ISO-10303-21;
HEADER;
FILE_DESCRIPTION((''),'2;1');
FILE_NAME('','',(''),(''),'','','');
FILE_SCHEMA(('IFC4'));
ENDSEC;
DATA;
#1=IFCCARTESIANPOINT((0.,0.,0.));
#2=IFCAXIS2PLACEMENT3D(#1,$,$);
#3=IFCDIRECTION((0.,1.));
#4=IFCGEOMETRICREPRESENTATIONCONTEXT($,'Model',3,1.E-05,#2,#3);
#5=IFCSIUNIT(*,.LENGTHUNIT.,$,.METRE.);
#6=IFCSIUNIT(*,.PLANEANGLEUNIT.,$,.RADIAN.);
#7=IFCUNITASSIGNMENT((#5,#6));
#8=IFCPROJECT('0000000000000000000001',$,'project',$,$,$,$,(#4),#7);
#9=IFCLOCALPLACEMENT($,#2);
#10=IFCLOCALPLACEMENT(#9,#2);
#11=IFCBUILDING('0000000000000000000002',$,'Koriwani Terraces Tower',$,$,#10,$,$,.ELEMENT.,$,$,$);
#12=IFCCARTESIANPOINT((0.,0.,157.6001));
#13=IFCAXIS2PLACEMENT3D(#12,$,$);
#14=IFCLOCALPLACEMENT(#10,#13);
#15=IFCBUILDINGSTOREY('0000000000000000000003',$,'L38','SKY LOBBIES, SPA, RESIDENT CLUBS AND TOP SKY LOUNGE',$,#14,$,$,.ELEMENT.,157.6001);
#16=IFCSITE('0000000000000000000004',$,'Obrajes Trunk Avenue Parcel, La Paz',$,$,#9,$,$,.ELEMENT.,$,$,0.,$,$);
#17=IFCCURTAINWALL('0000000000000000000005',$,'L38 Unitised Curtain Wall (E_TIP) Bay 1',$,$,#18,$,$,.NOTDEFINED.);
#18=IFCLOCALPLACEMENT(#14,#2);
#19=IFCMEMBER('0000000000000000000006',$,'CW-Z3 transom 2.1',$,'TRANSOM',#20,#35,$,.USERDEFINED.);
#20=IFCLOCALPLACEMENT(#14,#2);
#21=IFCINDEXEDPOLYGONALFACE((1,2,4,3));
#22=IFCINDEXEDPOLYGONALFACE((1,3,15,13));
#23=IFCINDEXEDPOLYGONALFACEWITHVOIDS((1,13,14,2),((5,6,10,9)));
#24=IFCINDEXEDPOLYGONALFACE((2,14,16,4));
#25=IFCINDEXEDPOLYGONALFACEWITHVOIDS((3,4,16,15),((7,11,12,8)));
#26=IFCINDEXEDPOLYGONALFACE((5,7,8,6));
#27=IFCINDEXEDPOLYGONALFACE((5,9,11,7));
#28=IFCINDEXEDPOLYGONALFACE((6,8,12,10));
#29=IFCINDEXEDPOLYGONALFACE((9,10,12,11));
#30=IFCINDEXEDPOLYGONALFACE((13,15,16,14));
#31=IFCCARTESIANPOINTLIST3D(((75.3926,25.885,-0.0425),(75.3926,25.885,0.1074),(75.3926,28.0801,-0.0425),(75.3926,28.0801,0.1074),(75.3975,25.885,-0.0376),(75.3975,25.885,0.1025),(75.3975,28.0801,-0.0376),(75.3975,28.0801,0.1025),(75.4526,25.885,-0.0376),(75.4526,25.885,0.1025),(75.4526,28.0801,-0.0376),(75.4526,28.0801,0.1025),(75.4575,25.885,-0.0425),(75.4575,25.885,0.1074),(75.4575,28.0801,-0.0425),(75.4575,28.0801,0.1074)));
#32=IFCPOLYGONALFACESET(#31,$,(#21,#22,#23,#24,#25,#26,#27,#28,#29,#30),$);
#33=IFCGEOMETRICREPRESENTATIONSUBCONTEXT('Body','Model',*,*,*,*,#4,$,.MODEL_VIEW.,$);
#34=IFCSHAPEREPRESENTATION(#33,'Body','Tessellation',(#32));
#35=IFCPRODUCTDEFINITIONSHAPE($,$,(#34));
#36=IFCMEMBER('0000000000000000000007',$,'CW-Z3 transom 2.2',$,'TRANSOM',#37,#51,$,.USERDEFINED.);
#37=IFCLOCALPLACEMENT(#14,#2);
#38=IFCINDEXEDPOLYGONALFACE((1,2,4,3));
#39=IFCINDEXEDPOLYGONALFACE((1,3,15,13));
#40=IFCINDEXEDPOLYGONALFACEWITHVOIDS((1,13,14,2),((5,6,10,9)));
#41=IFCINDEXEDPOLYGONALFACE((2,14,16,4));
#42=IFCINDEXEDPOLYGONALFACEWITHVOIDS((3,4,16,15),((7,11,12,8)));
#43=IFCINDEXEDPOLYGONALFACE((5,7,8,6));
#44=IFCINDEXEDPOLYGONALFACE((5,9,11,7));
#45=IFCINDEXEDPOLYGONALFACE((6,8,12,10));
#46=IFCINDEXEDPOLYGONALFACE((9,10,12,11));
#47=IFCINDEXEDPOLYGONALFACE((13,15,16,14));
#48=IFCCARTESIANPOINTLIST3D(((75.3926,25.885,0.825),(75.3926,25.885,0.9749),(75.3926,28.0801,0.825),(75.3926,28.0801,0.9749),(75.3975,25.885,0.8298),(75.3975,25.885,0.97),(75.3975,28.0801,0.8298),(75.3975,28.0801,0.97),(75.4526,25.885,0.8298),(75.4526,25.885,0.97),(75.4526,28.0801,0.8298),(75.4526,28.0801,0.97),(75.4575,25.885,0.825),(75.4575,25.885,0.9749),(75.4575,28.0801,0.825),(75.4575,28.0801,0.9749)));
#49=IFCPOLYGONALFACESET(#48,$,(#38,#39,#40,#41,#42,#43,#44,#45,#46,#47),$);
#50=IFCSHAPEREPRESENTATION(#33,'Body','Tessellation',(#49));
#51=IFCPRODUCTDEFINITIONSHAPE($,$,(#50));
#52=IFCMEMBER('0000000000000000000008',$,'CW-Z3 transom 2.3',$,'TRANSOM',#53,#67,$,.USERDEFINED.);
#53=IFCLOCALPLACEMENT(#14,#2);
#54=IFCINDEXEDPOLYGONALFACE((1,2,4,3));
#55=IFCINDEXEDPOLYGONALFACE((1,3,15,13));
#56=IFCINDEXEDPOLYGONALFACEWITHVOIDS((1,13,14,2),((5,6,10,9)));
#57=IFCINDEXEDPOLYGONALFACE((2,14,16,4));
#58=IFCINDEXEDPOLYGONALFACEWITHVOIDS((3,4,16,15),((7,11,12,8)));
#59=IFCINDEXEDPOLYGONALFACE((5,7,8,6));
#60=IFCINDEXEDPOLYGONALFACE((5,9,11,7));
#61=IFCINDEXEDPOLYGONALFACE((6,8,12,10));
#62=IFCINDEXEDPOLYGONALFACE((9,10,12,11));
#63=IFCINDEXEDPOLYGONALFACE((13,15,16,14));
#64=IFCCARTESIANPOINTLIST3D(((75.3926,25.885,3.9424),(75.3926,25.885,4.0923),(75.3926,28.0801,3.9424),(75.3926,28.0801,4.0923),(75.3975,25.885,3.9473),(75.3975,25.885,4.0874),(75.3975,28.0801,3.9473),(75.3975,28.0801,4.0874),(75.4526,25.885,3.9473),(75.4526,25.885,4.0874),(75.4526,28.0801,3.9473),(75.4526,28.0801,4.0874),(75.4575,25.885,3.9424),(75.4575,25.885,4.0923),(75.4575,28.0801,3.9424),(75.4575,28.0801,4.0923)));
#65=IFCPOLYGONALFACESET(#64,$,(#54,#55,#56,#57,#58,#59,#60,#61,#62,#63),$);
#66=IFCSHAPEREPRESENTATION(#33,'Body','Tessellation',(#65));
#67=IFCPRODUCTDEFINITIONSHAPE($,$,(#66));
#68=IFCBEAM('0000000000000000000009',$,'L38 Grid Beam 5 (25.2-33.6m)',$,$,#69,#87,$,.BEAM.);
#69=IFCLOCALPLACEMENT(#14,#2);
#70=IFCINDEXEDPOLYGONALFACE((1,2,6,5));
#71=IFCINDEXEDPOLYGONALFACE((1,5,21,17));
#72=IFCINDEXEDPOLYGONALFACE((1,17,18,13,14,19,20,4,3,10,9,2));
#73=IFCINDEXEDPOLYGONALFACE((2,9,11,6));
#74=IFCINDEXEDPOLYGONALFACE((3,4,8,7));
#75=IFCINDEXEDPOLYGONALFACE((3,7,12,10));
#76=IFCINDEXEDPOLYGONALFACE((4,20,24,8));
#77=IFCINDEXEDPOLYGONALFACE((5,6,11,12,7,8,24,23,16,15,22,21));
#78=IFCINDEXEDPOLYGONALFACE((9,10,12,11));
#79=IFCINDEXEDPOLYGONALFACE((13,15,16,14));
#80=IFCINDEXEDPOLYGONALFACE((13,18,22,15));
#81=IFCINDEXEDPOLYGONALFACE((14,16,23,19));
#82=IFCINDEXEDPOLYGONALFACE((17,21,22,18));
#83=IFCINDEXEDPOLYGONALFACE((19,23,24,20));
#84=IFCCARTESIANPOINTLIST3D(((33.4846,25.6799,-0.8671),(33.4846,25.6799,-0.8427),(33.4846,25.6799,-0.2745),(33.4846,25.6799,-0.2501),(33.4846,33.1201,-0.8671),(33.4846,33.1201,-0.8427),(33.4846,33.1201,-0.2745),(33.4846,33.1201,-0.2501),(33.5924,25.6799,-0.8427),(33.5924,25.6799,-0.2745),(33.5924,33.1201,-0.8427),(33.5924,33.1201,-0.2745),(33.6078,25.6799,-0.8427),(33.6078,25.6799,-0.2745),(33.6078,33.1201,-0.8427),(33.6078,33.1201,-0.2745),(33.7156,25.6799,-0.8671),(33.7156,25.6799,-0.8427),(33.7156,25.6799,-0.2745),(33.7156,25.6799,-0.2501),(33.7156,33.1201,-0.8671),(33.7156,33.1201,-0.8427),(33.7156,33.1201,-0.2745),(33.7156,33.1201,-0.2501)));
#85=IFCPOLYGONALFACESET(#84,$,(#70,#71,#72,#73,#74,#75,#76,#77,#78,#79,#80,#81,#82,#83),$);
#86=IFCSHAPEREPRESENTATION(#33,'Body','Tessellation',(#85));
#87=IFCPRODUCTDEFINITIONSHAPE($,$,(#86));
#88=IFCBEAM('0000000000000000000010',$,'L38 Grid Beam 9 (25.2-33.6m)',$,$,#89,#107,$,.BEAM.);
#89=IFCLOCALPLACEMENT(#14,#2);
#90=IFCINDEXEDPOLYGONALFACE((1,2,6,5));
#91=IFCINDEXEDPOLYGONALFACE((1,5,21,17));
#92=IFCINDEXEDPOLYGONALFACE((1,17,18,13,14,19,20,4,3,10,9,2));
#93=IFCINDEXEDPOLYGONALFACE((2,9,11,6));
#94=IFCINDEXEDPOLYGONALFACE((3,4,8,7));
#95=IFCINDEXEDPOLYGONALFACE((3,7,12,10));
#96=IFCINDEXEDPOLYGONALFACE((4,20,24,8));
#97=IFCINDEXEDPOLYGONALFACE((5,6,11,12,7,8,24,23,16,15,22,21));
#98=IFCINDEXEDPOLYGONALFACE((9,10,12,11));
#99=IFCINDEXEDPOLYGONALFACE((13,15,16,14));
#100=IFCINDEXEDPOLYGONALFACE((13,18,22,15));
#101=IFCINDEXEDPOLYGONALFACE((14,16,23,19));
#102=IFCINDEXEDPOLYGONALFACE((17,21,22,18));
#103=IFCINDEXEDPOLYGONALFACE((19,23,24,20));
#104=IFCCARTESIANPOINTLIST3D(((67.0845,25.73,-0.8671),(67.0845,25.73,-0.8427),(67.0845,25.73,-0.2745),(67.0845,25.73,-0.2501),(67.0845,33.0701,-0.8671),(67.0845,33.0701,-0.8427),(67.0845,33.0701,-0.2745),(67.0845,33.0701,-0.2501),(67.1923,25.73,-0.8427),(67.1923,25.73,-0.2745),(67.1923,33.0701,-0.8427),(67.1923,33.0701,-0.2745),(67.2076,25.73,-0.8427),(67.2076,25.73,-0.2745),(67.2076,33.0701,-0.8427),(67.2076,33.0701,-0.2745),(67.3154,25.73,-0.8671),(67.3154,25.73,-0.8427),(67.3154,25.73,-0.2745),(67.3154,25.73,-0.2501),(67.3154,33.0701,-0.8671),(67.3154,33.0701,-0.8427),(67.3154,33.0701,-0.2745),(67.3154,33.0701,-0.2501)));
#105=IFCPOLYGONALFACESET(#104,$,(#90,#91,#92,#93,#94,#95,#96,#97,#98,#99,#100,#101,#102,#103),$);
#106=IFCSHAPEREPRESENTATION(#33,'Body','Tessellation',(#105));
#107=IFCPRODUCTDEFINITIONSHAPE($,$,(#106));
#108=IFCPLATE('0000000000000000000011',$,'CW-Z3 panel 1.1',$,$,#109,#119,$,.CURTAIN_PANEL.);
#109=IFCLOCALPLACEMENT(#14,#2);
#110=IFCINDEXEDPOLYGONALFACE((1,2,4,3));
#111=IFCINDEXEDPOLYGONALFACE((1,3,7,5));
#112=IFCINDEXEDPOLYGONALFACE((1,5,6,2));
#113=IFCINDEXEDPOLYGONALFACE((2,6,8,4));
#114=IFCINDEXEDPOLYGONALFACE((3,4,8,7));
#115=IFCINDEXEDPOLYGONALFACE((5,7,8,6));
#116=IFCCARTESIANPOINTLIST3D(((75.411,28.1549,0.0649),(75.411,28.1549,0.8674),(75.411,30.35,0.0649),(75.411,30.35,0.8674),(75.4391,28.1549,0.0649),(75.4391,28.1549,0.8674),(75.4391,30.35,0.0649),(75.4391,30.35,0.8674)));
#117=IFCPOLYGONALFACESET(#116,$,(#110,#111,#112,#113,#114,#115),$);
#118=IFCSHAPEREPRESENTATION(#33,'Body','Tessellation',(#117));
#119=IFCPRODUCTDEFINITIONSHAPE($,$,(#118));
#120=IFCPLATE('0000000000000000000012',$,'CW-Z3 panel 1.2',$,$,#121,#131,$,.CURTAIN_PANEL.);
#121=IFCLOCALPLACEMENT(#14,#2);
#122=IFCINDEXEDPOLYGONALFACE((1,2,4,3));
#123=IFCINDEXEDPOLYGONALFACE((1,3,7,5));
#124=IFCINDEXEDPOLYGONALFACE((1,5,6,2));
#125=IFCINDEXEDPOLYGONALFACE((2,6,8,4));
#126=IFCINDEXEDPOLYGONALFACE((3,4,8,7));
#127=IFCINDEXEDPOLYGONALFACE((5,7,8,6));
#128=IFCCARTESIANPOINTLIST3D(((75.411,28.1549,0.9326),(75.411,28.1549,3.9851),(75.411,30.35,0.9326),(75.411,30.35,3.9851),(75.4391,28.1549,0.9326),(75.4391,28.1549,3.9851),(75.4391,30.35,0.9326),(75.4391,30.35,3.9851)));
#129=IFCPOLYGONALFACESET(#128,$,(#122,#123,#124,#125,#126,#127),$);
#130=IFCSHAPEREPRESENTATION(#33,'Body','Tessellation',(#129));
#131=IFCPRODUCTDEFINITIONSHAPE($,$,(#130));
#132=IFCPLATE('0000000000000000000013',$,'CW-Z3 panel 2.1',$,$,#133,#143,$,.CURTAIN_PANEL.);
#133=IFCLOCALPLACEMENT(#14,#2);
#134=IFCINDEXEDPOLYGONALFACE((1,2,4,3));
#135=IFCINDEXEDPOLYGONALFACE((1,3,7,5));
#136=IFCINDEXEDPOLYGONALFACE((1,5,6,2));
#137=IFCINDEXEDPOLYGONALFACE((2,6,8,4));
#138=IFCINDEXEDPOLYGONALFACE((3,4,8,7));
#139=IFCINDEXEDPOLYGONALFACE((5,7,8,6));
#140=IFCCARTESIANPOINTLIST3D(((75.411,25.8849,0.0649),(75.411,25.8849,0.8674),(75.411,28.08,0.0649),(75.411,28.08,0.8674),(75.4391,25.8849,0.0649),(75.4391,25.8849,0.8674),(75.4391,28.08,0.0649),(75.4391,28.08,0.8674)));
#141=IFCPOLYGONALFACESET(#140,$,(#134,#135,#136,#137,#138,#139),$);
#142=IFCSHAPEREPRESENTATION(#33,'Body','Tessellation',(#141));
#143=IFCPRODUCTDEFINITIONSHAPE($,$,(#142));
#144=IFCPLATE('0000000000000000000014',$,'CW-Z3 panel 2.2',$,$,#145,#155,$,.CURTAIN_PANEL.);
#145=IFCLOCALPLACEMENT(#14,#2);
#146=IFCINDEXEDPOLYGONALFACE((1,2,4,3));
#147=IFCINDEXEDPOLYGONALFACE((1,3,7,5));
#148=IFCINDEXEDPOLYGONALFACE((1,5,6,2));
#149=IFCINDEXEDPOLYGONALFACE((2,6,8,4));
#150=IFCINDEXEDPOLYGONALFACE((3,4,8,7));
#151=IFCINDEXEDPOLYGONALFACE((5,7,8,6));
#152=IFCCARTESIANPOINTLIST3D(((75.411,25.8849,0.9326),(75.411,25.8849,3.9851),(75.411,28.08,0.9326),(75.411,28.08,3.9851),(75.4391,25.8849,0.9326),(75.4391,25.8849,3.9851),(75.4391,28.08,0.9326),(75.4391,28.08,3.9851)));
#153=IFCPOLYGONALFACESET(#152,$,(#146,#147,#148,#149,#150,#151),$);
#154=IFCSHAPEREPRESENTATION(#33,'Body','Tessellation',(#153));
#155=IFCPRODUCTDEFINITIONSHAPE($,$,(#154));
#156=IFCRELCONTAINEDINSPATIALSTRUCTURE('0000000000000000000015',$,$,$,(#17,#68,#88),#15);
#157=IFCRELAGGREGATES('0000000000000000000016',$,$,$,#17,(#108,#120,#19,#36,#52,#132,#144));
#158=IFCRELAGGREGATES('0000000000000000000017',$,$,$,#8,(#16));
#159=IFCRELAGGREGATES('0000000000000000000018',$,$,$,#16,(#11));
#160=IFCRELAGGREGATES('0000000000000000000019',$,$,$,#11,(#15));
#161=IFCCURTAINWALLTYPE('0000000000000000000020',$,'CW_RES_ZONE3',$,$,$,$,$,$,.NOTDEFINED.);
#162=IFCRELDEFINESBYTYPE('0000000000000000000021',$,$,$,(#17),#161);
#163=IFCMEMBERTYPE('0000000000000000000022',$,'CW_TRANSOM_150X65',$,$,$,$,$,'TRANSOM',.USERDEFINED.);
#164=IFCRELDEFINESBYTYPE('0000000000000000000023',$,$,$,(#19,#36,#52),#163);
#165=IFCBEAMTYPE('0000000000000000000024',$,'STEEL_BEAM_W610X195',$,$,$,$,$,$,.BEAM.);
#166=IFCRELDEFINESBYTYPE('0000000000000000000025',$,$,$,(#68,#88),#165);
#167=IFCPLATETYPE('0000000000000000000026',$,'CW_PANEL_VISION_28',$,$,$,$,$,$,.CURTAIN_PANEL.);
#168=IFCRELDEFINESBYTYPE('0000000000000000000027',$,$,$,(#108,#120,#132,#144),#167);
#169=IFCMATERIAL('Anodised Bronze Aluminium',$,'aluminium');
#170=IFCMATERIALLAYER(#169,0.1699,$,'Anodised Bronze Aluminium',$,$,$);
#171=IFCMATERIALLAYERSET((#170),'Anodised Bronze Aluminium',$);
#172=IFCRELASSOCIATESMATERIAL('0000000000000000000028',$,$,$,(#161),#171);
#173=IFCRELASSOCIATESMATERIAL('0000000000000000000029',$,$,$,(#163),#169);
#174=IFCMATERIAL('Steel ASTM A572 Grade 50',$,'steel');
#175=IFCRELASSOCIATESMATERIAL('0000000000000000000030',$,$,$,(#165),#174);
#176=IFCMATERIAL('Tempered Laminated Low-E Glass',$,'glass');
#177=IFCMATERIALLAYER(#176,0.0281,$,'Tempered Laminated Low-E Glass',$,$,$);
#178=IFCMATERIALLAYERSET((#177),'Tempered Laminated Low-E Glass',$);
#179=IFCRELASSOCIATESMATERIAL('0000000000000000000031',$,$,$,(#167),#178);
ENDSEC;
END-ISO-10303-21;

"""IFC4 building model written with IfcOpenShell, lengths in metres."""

from ifc_helpers import new_model, si_unit, direction, frame, origin, origin_2d, place, context, subcontext, project, spatial, rectangle, hollow_rectangle, i_section, extrude, material, layer, layer_set, material_profile, profile_set, type_object, element, aggregate, save


model = new_model("IFC4")

# Units and contexts
model_context = context("Model", 3, precision=1e-05, world=origin(), true_north=direction((0.0, 1.0)))
body_context = subcontext(model_context, "Body", "Model", "MODEL_VIEW")
ifc_project = project(units=[si_unit("LENGTHUNIT", "METRE"), si_unit("PLANEANGLEUNIT", "RADIAN")], contexts=[model_context])

# Site, building, storey
site_placement = place(None, origin())
site = spatial("IfcSite", under=ifc_project, at=site_placement, Name="Obrajes Trunk Avenue Parcel, La Paz", CompositionType="ELEMENT", RefElevation=0.0)
building_placement = place(site_placement, origin())
building = spatial("IfcBuilding", under=site, at=building_placement, Name="Koriwani Terraces Tower", CompositionType="ELEMENT")
storey_placement = place(building_placement, frame((0.0, 0.0, 157.6001)))
storey = spatial("IfcBuildingStorey", under=building, at=storey_placement, Name="L38", Description="SKY LOBBIES, SPA, RESIDENT CLUBS AND TOP SKY LOUNGE", CompositionType="ELEMENT", Elevation=157.6001)

# Curtain wall, members
ifc_material_1 = material(Name="Anodised Bronze Aluminium", Category="aluminium")
ifc_layer_1 = layer(ifc_material_1, 0.1699, Name="Anodised Bronze Aluminium")
ifc_layer_set_1 = layer_set([ifc_layer_1], Name="Anodised Bronze Aluminium")
curtain_wall_type = type_object("IfcCurtainWallType", Name="CW_RES_ZONE3", PredefinedType="NOTDEFINED", material=ifc_layer_set_1)
curtain_wall_placement = place(storey_placement, origin())
curtain_wall = element("IfcCurtainWall", 1, at=curtain_wall_placement, inside=storey, type_object=curtain_wall_type, Name="L38 Unitised Curtain Wall (E_TIP) Bay 1", PredefinedType="NOTDEFINED")
ifc_material_profile_1 = material_profile(ifc_material_1, hollow_rectangle(XDim=0.0649, YDim=0.1499, WallThickness=0.0049, at=origin_2d()), Name="Anodised Bronze Aluminium", Category="LoadBearing")
ifc_profile_set_1 = profile_set([ifc_material_profile_1], Name="Anodised Bronze Aluminium")
member_type_1 = type_object("IfcMemberType", Name="CW_TRANSOM_150X65", ElementType="TRANSOM", PredefinedType="USERDEFINED", material=ifc_profile_set_1)
member_1_placement = place(storey_placement, frame((75.425, 28.0801, 0.0325), z_axis=(0.0, -1.0, 0.0), x_axis=(1.0, 0.0, 0.0)))
member_1 = element("IfcMember", 2, at=member_1_placement, type_object=member_type_1, Name="CW-Z3 transom 2.1", ObjectType="TRANSOM", PredefinedType="USERDEFINED", context=body_context, shape_type="SweptSolid", body=[
    extrude(hollow_rectangle(XDim=0.0649, YDim=0.1499, WallThickness=0.0049, at=origin_2d()), origin(), (0.0, 0.0, 1.0), 2.1951),
])
member_2_placement = place(storey_placement, frame((75.425, 28.0801, 0.8999), z_axis=(0.0, -1.0, 0.0), x_axis=(1.0, 0.0, 0.0)))
member_2 = element("IfcMember", 3, at=member_2_placement, type_object=member_type_1, Name="CW-Z3 transom 2.2", ObjectType="TRANSOM", PredefinedType="USERDEFINED", context=body_context, shape_type="SweptSolid", body=[
    extrude(hollow_rectangle(XDim=0.0649, YDim=0.1499, WallThickness=0.0049, at=origin_2d()), origin(), (0.0, 0.0, 1.0), 2.1951),
])
member_3_placement = place(storey_placement, frame((75.425, 28.0801, 4.0173), z_axis=(0.0, -1.0, 0.0), x_axis=(1.0, 0.0, 0.0)))
member_3 = element("IfcMember", 4, at=member_3_placement, type_object=member_type_1, Name="CW-Z3 transom 2.3", ObjectType="TRANSOM", PredefinedType="USERDEFINED", context=body_context, shape_type="SweptSolid", body=[
    extrude(hollow_rectangle(XDim=0.0649, YDim=0.1499, WallThickness=0.0049, at=origin_2d()), origin(), (0.0, 0.0, 1.0), 2.1951),
])

# Beams
ifc_material_2 = material(Name="Steel ASTM A572 Grade 50", Category="steel")
ifc_material_profile_2 = material_profile(ifc_material_2, i_section(OverallWidth=0.231, OverallDepth=0.6169, WebThickness=0.0154, FlangeThickness=0.0244, at=origin_2d()), Name="Steel ASTM A572 Grade 50", Category="LoadBearing")
ifc_profile_set_2 = profile_set([ifc_material_profile_2], Name="Steel ASTM A572 Grade 50")
beam_type_1 = type_object("IfcBeamType", Name="STEEL_BEAM_W610X195", PredefinedType="BEAM", material=ifc_profile_set_2)
beam_1_placement = place(storey_placement, frame((33.6001, 25.6799, -0.5586), z_axis=(0.0, 1.0, 0.0), x_axis=(-1.0, 0.0, 0.0)))
element("IfcBeam", 5, at=beam_1_placement, inside=storey, type_object=beam_type_1, Name="L38 Grid Beam 5 (25.2-33.6m)", PredefinedType="BEAM", context=body_context, shape_type="SweptSolid", body=[
    extrude(i_section(OverallWidth=0.231, OverallDepth=0.6169, WebThickness=0.0154, FlangeThickness=0.0244, at=origin_2d()), origin(), (0.0, 0.0, 1.0), 7.4402),
])
beam_2_placement = place(storey_placement, frame((67.2, 25.73, -0.5586), z_axis=(0.0, 1.0, 0.0), x_axis=(-1.0, 0.0, 0.0)))
element("IfcBeam", 6, at=beam_2_placement, inside=storey, type_object=beam_type_1, Name="L38 Grid Beam 9 (25.2-33.6m)", PredefinedType="BEAM", context=body_context, shape_type="SweptSolid", body=[
    extrude(i_section(OverallWidth=0.231, OverallDepth=0.6169, WebThickness=0.0154, FlangeThickness=0.0244, at=origin_2d()), origin(), (0.0, 0.0, 1.0), 7.3401),
])

# Plates
ifc_material_3 = material(Name="Tempered Laminated Low-E Glass", Category="glass")
ifc_layer_2 = layer(ifc_material_3, 0.0281, Name="Tempered Laminated Low-E Glass")
ifc_layer_set_2 = layer_set([ifc_layer_2], Name="Tempered Laminated Low-E Glass")
plate_type = type_object("IfcPlateType", Name="CW_PANEL_VISION_28", PredefinedType="CURTAIN_PANEL", material=ifc_layer_set_2)
plate_1_placement = place(storey_placement, frame((75.425, 29.2524, 0.0649), z_axis=(0.0, 0.0, 1.0), x_axis=(0.0, -1.0, 0.0)))
plate_1 = element("IfcPlate", 7, at=plate_1_placement, type_object=plate_type, Name="CW-Z3 panel 1.1", PredefinedType="CURTAIN_PANEL", context=body_context, shape_type="SweptSolid", body=[
    extrude(rectangle(XDim=2.1951, YDim=0.0281, at=origin_2d()), origin(), (0.0, 0.0, 1.0), 0.8025),
])
plate_2_placement = place(storey_placement, frame((75.425, 29.2524, 0.9326), z_axis=(0.0, 0.0, 1.0), x_axis=(0.0, -1.0, 0.0)))
plate_2 = element("IfcPlate", 8, at=plate_2_placement, type_object=plate_type, Name="CW-Z3 panel 1.2", PredefinedType="CURTAIN_PANEL", context=body_context, shape_type="SweptSolid", body=[
    extrude(rectangle(XDim=2.1951, YDim=0.0281, at=origin_2d()), origin(), (0.0, 0.0, 1.0), 3.0525),
])
plate_3_placement = place(storey_placement, frame((75.425, 26.9824, 0.0649), z_axis=(0.0, 0.0, 1.0), x_axis=(0.0, -1.0, 0.0)))
plate_3 = element("IfcPlate", 9, at=plate_3_placement, type_object=plate_type, Name="CW-Z3 panel 2.1", PredefinedType="CURTAIN_PANEL", context=body_context, shape_type="SweptSolid", body=[
    extrude(rectangle(XDim=2.1951, YDim=0.0281, at=origin_2d()), origin(), (0.0, 0.0, 1.0), 0.8025),
])
plate_4_placement = place(storey_placement, frame((75.425, 26.9824, 0.9326), z_axis=(0.0, 0.0, 1.0), x_axis=(0.0, -1.0, 0.0)))
plate_4 = element("IfcPlate", 10, at=plate_4_placement, type_object=plate_type, Name="CW-Z3 panel 2.2", PredefinedType="CURTAIN_PANEL", context=body_context, shape_type="SweptSolid", body=[
    extrude(rectangle(XDim=2.1951, YDim=0.0281, at=origin_2d()), origin(), (0.0, 0.0, 1.0), 3.0525),
])
aggregate(curtain_wall, [plate_1, plate_2, member_1, member_2, member_3, plate_3, plate_4])

save(model, "model.ifc")
